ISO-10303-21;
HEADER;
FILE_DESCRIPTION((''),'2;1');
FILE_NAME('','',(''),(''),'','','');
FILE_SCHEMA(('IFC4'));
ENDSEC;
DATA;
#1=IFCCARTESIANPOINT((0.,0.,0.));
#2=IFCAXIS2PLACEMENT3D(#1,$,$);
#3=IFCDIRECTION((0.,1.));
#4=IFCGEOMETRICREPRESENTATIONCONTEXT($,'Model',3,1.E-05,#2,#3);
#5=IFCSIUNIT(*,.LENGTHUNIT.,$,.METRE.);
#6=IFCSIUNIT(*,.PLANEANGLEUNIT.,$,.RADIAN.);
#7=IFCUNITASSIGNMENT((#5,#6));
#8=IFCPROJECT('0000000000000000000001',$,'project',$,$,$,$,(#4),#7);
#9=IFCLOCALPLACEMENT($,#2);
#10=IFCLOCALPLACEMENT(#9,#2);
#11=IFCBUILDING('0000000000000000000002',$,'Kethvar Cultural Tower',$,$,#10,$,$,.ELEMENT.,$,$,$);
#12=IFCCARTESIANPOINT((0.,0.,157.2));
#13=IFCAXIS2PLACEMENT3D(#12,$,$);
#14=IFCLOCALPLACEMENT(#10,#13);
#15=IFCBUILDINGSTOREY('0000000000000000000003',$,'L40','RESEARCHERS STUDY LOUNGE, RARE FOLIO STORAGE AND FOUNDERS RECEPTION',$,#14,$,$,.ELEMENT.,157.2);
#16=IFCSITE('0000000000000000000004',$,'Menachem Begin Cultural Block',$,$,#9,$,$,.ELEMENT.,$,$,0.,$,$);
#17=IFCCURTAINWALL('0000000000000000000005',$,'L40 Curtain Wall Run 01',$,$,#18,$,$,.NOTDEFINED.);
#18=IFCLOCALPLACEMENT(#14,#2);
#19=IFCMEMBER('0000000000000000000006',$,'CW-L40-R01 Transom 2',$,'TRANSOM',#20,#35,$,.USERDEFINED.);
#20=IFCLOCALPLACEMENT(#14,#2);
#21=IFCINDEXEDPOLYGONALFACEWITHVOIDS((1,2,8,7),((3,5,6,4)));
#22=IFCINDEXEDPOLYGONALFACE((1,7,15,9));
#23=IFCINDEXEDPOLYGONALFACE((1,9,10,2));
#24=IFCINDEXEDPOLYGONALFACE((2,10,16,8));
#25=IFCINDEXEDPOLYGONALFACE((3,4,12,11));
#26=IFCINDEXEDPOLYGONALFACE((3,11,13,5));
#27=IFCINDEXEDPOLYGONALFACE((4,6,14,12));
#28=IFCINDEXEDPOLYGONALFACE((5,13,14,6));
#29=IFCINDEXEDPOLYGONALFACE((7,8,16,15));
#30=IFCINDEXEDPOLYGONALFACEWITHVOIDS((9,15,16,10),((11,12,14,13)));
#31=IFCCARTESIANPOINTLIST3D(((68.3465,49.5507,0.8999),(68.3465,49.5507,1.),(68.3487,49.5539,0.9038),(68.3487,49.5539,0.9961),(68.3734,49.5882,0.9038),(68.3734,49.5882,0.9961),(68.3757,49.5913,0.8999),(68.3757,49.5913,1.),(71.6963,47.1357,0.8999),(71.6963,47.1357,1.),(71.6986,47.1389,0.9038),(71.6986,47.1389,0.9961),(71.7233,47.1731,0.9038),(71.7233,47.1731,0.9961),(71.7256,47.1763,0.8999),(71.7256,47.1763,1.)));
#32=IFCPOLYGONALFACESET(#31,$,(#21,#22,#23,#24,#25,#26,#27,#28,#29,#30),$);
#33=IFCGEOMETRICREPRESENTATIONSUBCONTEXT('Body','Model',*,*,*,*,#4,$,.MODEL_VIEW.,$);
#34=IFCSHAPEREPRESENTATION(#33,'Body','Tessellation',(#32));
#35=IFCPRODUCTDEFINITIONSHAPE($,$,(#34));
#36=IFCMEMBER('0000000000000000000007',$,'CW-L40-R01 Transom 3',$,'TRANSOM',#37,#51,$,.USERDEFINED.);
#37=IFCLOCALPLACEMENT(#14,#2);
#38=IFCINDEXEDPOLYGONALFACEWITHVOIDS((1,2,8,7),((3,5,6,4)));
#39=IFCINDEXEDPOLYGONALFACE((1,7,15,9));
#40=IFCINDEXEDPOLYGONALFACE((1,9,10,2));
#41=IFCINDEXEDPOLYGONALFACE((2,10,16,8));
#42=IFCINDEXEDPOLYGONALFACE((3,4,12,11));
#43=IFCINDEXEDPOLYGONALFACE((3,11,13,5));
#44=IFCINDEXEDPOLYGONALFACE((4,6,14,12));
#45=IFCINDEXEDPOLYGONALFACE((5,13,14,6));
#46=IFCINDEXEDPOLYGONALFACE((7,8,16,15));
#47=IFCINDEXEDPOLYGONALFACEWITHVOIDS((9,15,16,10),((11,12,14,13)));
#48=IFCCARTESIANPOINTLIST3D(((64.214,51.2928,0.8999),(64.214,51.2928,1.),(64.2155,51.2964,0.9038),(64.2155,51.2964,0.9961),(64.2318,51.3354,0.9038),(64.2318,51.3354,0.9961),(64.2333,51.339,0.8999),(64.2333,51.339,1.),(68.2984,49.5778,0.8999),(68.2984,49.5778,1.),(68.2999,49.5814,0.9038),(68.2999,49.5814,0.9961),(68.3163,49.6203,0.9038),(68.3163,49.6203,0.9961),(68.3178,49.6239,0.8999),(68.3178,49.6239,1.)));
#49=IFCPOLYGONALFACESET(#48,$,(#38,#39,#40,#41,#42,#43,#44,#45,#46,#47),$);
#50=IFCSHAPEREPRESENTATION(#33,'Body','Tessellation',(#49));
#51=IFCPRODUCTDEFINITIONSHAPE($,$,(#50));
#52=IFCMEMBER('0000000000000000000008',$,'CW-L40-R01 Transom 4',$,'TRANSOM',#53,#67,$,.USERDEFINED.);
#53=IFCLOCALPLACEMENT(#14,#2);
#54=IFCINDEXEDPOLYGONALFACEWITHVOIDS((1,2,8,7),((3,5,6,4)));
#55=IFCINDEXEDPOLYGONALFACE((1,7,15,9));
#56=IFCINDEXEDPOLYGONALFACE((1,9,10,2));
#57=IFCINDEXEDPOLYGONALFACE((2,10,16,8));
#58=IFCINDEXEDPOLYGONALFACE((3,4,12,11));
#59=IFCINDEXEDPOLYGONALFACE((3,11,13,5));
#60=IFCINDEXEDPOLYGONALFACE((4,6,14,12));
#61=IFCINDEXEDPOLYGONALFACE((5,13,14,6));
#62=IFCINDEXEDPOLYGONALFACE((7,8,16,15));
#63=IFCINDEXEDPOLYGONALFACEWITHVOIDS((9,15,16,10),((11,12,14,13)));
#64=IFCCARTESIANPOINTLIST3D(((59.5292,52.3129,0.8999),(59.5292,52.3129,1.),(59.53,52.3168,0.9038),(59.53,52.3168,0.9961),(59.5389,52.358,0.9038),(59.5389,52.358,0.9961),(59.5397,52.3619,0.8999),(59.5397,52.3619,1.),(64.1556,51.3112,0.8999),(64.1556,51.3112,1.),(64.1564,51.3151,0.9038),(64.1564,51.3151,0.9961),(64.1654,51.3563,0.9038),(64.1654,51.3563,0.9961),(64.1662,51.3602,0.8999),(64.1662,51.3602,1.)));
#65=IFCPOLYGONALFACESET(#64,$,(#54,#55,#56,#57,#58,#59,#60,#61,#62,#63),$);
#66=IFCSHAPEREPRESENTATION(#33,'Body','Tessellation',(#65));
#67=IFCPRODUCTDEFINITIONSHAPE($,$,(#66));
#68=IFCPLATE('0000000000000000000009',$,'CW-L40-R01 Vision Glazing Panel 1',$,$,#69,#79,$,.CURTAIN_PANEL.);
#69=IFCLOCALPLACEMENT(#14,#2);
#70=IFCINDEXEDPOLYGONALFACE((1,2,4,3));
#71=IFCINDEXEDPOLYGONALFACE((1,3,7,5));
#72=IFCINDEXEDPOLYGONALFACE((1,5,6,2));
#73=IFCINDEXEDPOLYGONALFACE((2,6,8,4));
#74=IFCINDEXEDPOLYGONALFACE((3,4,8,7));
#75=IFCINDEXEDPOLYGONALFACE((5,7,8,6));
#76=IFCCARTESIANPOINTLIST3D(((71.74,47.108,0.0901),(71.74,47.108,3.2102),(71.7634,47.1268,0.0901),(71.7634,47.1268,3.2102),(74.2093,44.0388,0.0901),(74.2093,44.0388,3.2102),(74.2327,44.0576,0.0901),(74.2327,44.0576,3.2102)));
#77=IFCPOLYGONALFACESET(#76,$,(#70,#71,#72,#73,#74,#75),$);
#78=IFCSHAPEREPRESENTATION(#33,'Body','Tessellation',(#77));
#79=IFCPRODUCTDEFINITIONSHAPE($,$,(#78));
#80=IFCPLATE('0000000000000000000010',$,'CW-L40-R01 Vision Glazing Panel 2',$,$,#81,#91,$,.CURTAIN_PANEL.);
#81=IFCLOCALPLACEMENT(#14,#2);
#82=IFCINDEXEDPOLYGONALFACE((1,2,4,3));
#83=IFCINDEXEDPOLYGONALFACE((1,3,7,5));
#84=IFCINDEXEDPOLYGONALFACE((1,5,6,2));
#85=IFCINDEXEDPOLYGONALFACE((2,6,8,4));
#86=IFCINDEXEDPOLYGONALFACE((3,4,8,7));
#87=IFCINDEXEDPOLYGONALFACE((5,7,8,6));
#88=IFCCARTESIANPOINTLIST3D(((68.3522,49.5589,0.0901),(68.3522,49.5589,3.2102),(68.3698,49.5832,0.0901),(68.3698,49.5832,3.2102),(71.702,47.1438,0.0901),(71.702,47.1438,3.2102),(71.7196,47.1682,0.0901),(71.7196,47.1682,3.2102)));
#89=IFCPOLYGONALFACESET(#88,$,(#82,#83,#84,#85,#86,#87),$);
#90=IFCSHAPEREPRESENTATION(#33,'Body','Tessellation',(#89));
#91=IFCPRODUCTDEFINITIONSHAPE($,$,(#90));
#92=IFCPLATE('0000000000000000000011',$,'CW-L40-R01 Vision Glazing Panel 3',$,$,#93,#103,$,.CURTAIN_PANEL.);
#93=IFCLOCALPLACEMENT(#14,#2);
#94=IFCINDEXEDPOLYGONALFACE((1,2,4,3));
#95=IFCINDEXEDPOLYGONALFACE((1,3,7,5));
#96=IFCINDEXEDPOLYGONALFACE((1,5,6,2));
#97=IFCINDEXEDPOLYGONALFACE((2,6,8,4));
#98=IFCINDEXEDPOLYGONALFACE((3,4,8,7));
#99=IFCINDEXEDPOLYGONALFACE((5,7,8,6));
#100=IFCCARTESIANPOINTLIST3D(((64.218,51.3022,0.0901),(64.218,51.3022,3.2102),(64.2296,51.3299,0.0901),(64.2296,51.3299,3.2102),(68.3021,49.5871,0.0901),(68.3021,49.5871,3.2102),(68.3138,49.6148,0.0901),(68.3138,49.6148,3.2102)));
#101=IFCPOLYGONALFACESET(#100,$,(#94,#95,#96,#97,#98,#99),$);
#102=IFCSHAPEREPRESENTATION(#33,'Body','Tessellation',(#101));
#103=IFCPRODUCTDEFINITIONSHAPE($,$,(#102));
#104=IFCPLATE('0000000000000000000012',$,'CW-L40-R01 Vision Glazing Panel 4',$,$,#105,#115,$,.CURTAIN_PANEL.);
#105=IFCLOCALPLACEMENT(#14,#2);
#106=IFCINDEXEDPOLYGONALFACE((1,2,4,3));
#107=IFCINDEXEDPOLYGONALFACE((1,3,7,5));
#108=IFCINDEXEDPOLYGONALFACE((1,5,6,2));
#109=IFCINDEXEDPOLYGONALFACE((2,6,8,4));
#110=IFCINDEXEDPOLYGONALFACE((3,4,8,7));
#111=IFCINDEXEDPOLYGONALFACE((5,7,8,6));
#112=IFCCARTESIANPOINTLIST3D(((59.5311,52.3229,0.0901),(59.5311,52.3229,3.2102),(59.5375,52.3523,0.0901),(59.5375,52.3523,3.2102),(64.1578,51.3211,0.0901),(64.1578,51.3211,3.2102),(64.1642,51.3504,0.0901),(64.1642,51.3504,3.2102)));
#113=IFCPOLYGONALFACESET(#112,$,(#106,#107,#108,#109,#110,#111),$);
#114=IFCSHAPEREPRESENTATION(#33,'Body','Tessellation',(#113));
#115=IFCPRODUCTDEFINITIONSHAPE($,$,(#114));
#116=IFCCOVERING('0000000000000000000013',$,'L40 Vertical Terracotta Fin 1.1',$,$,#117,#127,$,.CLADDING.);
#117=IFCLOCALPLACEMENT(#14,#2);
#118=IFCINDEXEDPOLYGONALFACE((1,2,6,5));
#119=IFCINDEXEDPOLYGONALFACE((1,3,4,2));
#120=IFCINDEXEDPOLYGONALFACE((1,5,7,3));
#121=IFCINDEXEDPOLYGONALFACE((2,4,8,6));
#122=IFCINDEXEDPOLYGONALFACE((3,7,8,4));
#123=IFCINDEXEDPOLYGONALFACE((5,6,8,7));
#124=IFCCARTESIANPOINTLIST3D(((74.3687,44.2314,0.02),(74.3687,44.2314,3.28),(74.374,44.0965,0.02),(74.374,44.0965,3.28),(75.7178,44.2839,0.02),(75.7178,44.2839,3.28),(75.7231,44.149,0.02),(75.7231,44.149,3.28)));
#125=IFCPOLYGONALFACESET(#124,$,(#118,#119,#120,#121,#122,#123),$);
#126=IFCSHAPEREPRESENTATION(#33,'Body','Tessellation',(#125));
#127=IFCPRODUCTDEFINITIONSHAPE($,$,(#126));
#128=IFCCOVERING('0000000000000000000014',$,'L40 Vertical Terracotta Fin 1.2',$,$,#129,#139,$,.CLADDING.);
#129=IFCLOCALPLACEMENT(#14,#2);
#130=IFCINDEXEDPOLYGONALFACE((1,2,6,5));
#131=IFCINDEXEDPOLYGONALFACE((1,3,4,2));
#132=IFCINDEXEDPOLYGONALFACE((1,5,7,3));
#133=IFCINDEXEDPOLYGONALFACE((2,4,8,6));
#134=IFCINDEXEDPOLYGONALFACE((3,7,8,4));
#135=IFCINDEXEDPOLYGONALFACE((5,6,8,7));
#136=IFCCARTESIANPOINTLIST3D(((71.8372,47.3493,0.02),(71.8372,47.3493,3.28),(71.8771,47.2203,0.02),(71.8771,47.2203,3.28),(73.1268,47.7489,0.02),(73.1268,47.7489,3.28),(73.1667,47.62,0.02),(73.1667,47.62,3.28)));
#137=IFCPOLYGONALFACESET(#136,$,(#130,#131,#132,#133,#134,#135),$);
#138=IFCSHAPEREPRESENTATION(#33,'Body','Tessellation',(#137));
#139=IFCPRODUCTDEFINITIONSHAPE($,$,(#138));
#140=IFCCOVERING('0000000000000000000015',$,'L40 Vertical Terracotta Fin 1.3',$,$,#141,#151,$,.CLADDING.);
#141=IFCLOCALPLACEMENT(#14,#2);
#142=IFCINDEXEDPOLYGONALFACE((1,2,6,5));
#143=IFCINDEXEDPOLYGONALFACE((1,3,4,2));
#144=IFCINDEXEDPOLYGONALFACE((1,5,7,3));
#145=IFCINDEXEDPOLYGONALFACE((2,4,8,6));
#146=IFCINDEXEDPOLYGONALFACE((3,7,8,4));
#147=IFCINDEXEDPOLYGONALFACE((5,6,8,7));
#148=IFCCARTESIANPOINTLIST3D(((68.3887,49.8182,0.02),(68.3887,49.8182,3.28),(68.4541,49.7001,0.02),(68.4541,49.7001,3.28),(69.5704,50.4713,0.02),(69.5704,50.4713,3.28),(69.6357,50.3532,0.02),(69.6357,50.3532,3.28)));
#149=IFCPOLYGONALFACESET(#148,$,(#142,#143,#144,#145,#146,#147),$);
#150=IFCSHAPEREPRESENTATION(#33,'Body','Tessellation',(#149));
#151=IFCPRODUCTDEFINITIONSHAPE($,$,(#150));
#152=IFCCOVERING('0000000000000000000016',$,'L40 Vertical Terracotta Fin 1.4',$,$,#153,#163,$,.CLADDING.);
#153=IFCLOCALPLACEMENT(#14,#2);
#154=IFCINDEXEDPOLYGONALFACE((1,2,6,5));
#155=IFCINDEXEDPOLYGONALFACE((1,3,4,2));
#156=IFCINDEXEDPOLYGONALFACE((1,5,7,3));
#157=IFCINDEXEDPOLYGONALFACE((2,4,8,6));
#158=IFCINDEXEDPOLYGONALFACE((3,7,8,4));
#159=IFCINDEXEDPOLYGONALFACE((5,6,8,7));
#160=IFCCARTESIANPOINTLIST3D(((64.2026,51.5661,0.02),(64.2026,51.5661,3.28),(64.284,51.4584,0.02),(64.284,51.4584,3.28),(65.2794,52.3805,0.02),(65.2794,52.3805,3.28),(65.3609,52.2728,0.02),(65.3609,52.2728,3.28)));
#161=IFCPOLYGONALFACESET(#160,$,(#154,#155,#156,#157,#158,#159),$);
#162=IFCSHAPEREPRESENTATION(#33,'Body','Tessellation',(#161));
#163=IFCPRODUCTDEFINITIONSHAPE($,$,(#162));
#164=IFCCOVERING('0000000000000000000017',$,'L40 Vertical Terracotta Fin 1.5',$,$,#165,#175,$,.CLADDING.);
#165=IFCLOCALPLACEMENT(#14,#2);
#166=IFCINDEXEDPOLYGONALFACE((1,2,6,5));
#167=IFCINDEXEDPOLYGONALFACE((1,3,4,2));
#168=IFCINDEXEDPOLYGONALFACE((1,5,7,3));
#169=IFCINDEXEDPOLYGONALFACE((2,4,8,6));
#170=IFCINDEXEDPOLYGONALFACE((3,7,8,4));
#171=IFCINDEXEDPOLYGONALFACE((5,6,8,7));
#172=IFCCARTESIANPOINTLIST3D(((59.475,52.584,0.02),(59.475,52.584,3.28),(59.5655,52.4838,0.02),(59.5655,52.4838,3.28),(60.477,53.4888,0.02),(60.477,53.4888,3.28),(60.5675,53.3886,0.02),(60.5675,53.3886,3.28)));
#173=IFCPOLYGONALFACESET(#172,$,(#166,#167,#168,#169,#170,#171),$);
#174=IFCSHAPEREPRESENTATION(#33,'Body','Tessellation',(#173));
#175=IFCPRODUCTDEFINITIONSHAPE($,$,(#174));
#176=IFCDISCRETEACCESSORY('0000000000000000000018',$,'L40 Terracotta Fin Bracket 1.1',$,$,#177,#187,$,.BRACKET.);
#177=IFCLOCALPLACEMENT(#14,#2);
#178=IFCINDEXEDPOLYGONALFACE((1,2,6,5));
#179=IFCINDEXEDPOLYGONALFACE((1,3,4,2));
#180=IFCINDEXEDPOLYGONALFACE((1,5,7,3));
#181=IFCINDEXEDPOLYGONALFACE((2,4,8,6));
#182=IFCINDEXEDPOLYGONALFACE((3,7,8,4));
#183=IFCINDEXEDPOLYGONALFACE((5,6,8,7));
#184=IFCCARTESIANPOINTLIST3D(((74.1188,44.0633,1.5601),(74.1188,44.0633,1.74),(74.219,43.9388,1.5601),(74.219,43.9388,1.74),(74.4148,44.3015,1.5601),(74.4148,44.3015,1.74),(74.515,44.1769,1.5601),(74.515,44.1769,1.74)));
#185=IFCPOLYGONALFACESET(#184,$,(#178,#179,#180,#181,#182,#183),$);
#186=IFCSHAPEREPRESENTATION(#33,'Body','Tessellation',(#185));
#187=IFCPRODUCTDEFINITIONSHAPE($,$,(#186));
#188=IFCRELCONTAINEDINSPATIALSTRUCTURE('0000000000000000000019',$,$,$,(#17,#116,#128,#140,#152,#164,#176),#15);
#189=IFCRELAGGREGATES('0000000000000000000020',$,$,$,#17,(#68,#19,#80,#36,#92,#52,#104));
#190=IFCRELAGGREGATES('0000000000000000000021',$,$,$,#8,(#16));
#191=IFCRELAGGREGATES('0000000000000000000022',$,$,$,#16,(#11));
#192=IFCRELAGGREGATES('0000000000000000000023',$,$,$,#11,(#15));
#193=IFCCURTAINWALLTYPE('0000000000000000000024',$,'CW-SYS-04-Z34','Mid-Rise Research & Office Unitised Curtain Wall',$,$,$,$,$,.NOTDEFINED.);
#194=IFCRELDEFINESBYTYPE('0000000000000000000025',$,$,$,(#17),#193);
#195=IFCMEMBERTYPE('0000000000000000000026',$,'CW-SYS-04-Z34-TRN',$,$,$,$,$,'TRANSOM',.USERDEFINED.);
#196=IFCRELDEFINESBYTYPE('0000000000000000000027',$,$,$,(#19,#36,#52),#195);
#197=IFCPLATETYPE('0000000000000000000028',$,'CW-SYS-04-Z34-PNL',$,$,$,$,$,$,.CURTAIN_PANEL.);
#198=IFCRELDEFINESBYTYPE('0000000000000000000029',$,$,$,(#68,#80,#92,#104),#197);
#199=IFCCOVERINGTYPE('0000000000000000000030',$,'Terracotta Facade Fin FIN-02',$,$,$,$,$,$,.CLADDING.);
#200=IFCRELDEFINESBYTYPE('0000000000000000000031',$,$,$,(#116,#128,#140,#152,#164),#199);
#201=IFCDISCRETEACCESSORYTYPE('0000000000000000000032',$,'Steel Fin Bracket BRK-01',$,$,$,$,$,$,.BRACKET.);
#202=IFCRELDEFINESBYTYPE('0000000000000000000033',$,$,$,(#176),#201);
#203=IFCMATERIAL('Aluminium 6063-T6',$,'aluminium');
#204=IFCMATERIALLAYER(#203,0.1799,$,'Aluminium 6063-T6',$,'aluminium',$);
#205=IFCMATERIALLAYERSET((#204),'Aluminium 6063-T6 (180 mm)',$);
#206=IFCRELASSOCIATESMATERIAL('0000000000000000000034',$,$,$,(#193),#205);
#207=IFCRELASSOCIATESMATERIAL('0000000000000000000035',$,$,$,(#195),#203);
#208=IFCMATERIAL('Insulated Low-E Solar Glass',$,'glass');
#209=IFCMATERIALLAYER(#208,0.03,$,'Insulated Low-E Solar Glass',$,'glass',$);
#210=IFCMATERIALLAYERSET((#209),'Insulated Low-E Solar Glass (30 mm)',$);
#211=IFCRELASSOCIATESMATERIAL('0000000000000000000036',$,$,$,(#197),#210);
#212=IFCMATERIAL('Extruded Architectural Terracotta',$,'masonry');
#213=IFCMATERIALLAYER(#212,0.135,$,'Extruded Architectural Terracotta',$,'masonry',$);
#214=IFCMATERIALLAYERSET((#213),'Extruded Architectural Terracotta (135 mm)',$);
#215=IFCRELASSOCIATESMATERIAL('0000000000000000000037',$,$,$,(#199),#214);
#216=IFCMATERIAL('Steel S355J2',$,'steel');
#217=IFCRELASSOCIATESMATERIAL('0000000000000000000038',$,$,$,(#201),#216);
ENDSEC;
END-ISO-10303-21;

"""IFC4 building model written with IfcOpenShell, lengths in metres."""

from ifc_helpers import new_model, si_unit, direction, frame, origin, origin_2d, place, context, subcontext, project, spatial, rectangle, hollow_rectangle, extrude, source, transform, mapped, material, layer, layer_set, material_profile, profile_set, type_object, element, aggregate, save


model = new_model("IFC4")

# Units and contexts
model_context = context("Model", 3, precision=1e-05, world=origin(), true_north=direction((0.0, 1.0)))
body_context = subcontext(model_context, "Body", "Model", "MODEL_VIEW")
ifc_project = project(units=[si_unit("LENGTHUNIT", "METRE"), si_unit("PLANEANGLEUNIT", "RADIAN")], contexts=[model_context])

# Site, building, storey
site_placement = place(None, origin())
site = spatial("IfcSite", under=ifc_project, at=site_placement, Name="Menachem Begin Cultural Block", CompositionType="ELEMENT", RefElevation=0.0)
building_placement = place(site_placement, origin())
building = spatial("IfcBuilding", under=site, at=building_placement, Name="Kethvar Cultural Tower", CompositionType="ELEMENT")
storey_placement = place(building_placement, frame((0.0, 0.0, 157.2)))
storey = spatial("IfcBuildingStorey", under=building, at=storey_placement, Name="L40", Description="RESEARCHERS STUDY LOUNGE, RARE FOLIO STORAGE AND FOUNDERS RECEPTION", CompositionType="ELEMENT", Elevation=157.2)

# Shared definitions
ifc_material_1 = material(Name="Steel S355J2", Category="steel")

# Curtain wall, members, plates
ifc_material_2 = material(Name="Aluminium 6063-T6", Category="aluminium")
ifc_layer_1 = layer(ifc_material_2, 0.1799, Name="Aluminium 6063-T6", Category="aluminium")
ifc_layer_set_1 = layer_set([ifc_layer_1], Name="Aluminium 6063-T6 (180 mm)")
curtain_wall_type = type_object("IfcCurtainWallType", Name="CW-SYS-04-Z34", Description="Mid-Rise Research & Office Unitised Curtain Wall", PredefinedType="NOTDEFINED", material=ifc_layer_set_1)
curtain_wall_placement = place(storey_placement, origin())
curtain_wall = element("IfcCurtainWall", 1, at=curtain_wall_placement, inside=storey, type_object=curtain_wall_type, Name="L40 Curtain Wall Run 01", PredefinedType="NOTDEFINED")
ifc_material_profile_1 = material_profile(ifc_material_2, hollow_rectangle(XDim=0.05, YDim=0.1001, WallThickness=0.0039, at=origin_2d()), Name="Aluminium 6063-T6 — RHS100x50x4")
ifc_profile_set_1 = profile_set([ifc_material_profile_1], Name="Aluminium 6063-T6 — RHS100x50x4")
member_type_1 = type_object("IfcMemberType", Name="CW-SYS-04-Z34-TRN", ElementType="TRANSOM", PredefinedType="USERDEFINED", material=ifc_profile_set_1)
shared_shape_1 = source(origin(), body_context, "Body", "SweptSolid", [
    extrude(hollow_rectangle(XDim=0.05, YDim=0.1001, WallThickness=0.0039, at=origin_2d()), origin(), (0.0, 0.0, 1.0), 4.1296),
])
member_1_placement = place(storey_placement, frame((71.7109, 47.156, 0.95), z_axis=(-0.811173, 0.584806, 0.0), x_axis=(-0.584806, -0.811173, 0.0)))
member_1 = element("IfcMember", 2, at=member_1_placement, type_object=member_type_1, Name="CW-L40-R01 Transom 2", ObjectType="TRANSOM", PredefinedType="USERDEFINED", context=body_context, shape_type="MappedRepresentation", body=[
    mapped(shared_shape_1, transform((0.0, 0.0, 0.0), scale=1.0)),
])
shared_shape_2 = source(origin(), body_context, "Body", "SweptSolid", [
    extrude(hollow_rectangle(XDim=0.05, YDim=0.1001, WallThickness=0.0039, at=origin_2d()), origin(), (0.0, 0.0, 1.0), 4.4299),
])
member_2_placement = place(storey_placement, frame((68.3081, 49.6008, 0.95), z_axis=(-0.922014, 0.387158, 0.0), x_axis=(-0.387158, -0.922014, 0.0)))
member_2 = element("IfcMember", 3, at=member_2_placement, type_object=member_type_1, Name="CW-L40-R01 Transom 3", ObjectType="TRANSOM", PredefinedType="USERDEFINED", context=body_context, shape_type="MappedRepresentation", body=[
    mapped(shared_shape_2, transform((0.0, 0.0, 0.0), scale=1.0)),
])
shared_shape_3 = source(origin(), body_context, "Body", "SweptSolid", [
    extrude(hollow_rectangle(XDim=0.05, YDim=0.1001, WallThickness=0.0039, at=origin_2d()), origin(), (0.0, 0.0, 1.0), 4.7336),
])
member_3_placement = place(storey_placement, frame((64.1609, 51.3357, 0.95), z_axis=(-0.977353, 0.211614, 0.0), x_axis=(-0.211614, -0.977353, 0.0)))
member_3 = element("IfcMember", 4, at=member_3_placement, type_object=member_type_1, Name="CW-L40-R01 Transom 4", ObjectType="TRANSOM", PredefinedType="USERDEFINED", context=body_context, shape_type="MappedRepresentation", body=[
    mapped(shared_shape_3, transform((0.0, 0.0, 0.0), scale=1.0)),
])
ifc_material_3 = material(Name="Insulated Low-E Solar Glass", Category="glass")
ifc_layer_2 = layer(ifc_material_3, 0.03, Name="Insulated Low-E Solar Glass", Category="glass")
ifc_layer_set_2 = layer_set([ifc_layer_2], Name="Insulated Low-E Solar Glass (30 mm)")
plate_type = type_object("IfcPlateType", Name="CW-SYS-04-Z34-PNL", PredefinedType="CURTAIN_PANEL", material=ifc_layer_set_2)
shared_shape_4 = source(origin(), body_context, "Body", "SweptSolid", [
    extrude(rectangle(XDim=3.9392, YDim=0.03, at=origin_2d()), origin(), (0.0, 0.0, 1.0), 3.1201),
])
plate_1_placement = place(storey_placement, frame((72.9863, 45.5828, 0.0901), z_axis=(0.0, 0.0, 1.0), x_axis=(-0.626849, 0.779141, 0.0)))
plate_1 = element("IfcPlate", 5, at=plate_1_placement, type_object=plate_type, Name="CW-L40-R01 Vision Glazing Panel 1", PredefinedType="CURTAIN_PANEL", context=body_context, shape_type="MappedRepresentation", body=[
    mapped(shared_shape_4, transform((0.0, 0.0, 0.0), scale=1.0)),
])
shared_shape_5 = source(origin(), body_context, "Body", "SweptSolid", [
    extrude(rectangle(XDim=4.1296, YDim=0.03, at=origin_2d()), origin(), (0.0, 0.0, 1.0), 3.1201),
])
plate_2_placement = place(storey_placement, frame((70.0359, 48.3635, 0.0901), z_axis=(0.0, 0.0, 1.0), x_axis=(-0.811166, 0.584816, 0.0)))
plate_2 = element("IfcPlate", 6, at=plate_2_placement, type_object=plate_type, Name="CW-L40-R01 Vision Glazing Panel 2", PredefinedType="CURTAIN_PANEL", context=body_context, shape_type="MappedRepresentation", body=[
    mapped(shared_shape_5, transform((0.0, 0.0, 0.0), scale=1.0)),
])
shared_shape_6 = source(origin(), body_context, "Body", "SweptSolid", [
    extrude(rectangle(XDim=4.4297, YDim=0.03, at=origin_2d()), origin(), (0.0, 0.0, 1.0), 3.1201),
])
plate_3_placement = place(storey_placement, frame((66.2659, 50.4585, 0.0901), z_axis=(0.0, 0.0, 1.0), x_axis=(-0.921998, 0.387194, 0.0)))
plate_3 = element("IfcPlate", 7, at=plate_3_placement, type_object=plate_type, Name="CW-L40-R01 Vision Glazing Panel 3", PredefinedType="CURTAIN_PANEL", context=body_context, shape_type="MappedRepresentation", body=[
    mapped(shared_shape_6, transform((0.0, 0.0, 0.0), scale=1.0)),
])
shared_shape_7 = source(origin(), body_context, "Body", "SweptSolid", [
    extrude(rectangle(XDim=4.7339, YDim=0.03, at=origin_2d()), origin(), (0.0, 0.0, 1.0), 3.1201),
])
plate_4_placement = place(storey_placement, frame((61.8477, 51.8367, 0.0901), z_axis=(0.0, 0.0, 1.0), x_axis=(-0.977349, 0.211632, 0.0)))
plate_4 = element("IfcPlate", 8, at=plate_4_placement, type_object=plate_type, Name="CW-L40-R01 Vision Glazing Panel 4", PredefinedType="CURTAIN_PANEL", context=body_context, shape_type="MappedRepresentation", body=[
    mapped(shared_shape_7, transform((0.0, 0.0, 0.0), scale=1.0)),
])
aggregate(curtain_wall, [plate_1, member_1, plate_2, member_2, plate_3, member_3, plate_4])

# Coverings
ifc_material_4 = material(Name="Extruded Architectural Terracotta", Category="masonry")
ifc_layer_3 = layer(ifc_material_4, 0.135, Name="Extruded Architectural Terracotta", Category="masonry")
ifc_layer_set_3 = layer_set([ifc_layer_3], Name="Extruded Architectural Terracotta (135 mm)")
covering_type = type_object("IfcCoveringType", Name="Terracotta Facade Fin FIN-02", PredefinedType="CLADDING", material=ifc_layer_set_3)
shared_shape_8 = source(origin(), body_context, "Body", "SweptSolid", [
    extrude(rectangle(XDim=1.3501, YDim=0.135, at=origin_2d()), origin(), (0.0, 0.0, 1.0), 3.26),
])
for number, where, z_axis, x_axis, name in (
    (9, (75.0459, 44.1902, 0.02), (0.0, 0.0, 1.0), (0.999243, 0.038911, 0.0), "L40 Vertical Terracotta Fin 1.1"),
    (10, (72.502, 47.4846, 0.02), (0.0, 0.0, 1.0), (0.955175, 0.296041, 0.0), "L40 Vertical Terracotta Fin 1.2"),
    (11, (69.0122, 50.0857, 0.02), (0.0, 0.0, 1.0), (0.875211, 0.483741, 0.0), "L40 Vertical Terracotta Fin 1.3"),
    (12, (64.7817, 51.9194, 0.02), (0.0, 0.0, 1.0), (0.797584, 0.603208, 0.0), "L40 Vertical Terracotta Fin 1.4"),
    (13, (60.0212, 52.9863, 0.02), (0.0, 0.0, 1.0), (0.74221, 0.670168, 0.0), "L40 Vertical Terracotta Fin 1.5"),
):
    element("IfcCovering", number, at=place(storey_placement, frame(where, z_axis=z_axis, x_axis=x_axis)), inside=storey, type_object=covering_type, Name=name, PredefinedType="CLADDING", context=body_context, shape_type="MappedRepresentation", body=[
        mapped(shared_shape_8, transform((0.0, 0.0, 0.0), scale=1.0)),
    ])

# Discrete accessory
discrete_accessory_type = type_object("IfcDiscreteAccessoryType", Name="Steel Fin Bracket BRK-01", PredefinedType="BRACKET", material=ifc_material_1)
shared_shape_9 = source(origin(), body_context, "Body", "SweptSolid", [
    extrude(rectangle(XDim=0.3799, YDim=0.1599, at=origin_2d()), origin(), (0.0, 0.0, 1.0), 0.1799),
])
for number, where, z_axis, x_axis, name in (
    (14, (74.3169, 44.1201, 1.5601), (0.0, 0.0, 1.0), (0.779119, 0.626876, 0.0), "L40 Terracotta Fin Bracket 1.1"),
):
    element("IfcDiscreteAccessory", number, at=place(storey_placement, frame(where, z_axis=z_axis, x_axis=x_axis)), inside=storey, type_object=discrete_accessory_type, Name=name, PredefinedType="BRACKET", context=body_context, shape_type="MappedRepresentation", body=[
        mapped(shared_shape_9, transform((0.0, 0.0, 0.0), scale=1.0)),
    ])

save(model, "model.ifc")
